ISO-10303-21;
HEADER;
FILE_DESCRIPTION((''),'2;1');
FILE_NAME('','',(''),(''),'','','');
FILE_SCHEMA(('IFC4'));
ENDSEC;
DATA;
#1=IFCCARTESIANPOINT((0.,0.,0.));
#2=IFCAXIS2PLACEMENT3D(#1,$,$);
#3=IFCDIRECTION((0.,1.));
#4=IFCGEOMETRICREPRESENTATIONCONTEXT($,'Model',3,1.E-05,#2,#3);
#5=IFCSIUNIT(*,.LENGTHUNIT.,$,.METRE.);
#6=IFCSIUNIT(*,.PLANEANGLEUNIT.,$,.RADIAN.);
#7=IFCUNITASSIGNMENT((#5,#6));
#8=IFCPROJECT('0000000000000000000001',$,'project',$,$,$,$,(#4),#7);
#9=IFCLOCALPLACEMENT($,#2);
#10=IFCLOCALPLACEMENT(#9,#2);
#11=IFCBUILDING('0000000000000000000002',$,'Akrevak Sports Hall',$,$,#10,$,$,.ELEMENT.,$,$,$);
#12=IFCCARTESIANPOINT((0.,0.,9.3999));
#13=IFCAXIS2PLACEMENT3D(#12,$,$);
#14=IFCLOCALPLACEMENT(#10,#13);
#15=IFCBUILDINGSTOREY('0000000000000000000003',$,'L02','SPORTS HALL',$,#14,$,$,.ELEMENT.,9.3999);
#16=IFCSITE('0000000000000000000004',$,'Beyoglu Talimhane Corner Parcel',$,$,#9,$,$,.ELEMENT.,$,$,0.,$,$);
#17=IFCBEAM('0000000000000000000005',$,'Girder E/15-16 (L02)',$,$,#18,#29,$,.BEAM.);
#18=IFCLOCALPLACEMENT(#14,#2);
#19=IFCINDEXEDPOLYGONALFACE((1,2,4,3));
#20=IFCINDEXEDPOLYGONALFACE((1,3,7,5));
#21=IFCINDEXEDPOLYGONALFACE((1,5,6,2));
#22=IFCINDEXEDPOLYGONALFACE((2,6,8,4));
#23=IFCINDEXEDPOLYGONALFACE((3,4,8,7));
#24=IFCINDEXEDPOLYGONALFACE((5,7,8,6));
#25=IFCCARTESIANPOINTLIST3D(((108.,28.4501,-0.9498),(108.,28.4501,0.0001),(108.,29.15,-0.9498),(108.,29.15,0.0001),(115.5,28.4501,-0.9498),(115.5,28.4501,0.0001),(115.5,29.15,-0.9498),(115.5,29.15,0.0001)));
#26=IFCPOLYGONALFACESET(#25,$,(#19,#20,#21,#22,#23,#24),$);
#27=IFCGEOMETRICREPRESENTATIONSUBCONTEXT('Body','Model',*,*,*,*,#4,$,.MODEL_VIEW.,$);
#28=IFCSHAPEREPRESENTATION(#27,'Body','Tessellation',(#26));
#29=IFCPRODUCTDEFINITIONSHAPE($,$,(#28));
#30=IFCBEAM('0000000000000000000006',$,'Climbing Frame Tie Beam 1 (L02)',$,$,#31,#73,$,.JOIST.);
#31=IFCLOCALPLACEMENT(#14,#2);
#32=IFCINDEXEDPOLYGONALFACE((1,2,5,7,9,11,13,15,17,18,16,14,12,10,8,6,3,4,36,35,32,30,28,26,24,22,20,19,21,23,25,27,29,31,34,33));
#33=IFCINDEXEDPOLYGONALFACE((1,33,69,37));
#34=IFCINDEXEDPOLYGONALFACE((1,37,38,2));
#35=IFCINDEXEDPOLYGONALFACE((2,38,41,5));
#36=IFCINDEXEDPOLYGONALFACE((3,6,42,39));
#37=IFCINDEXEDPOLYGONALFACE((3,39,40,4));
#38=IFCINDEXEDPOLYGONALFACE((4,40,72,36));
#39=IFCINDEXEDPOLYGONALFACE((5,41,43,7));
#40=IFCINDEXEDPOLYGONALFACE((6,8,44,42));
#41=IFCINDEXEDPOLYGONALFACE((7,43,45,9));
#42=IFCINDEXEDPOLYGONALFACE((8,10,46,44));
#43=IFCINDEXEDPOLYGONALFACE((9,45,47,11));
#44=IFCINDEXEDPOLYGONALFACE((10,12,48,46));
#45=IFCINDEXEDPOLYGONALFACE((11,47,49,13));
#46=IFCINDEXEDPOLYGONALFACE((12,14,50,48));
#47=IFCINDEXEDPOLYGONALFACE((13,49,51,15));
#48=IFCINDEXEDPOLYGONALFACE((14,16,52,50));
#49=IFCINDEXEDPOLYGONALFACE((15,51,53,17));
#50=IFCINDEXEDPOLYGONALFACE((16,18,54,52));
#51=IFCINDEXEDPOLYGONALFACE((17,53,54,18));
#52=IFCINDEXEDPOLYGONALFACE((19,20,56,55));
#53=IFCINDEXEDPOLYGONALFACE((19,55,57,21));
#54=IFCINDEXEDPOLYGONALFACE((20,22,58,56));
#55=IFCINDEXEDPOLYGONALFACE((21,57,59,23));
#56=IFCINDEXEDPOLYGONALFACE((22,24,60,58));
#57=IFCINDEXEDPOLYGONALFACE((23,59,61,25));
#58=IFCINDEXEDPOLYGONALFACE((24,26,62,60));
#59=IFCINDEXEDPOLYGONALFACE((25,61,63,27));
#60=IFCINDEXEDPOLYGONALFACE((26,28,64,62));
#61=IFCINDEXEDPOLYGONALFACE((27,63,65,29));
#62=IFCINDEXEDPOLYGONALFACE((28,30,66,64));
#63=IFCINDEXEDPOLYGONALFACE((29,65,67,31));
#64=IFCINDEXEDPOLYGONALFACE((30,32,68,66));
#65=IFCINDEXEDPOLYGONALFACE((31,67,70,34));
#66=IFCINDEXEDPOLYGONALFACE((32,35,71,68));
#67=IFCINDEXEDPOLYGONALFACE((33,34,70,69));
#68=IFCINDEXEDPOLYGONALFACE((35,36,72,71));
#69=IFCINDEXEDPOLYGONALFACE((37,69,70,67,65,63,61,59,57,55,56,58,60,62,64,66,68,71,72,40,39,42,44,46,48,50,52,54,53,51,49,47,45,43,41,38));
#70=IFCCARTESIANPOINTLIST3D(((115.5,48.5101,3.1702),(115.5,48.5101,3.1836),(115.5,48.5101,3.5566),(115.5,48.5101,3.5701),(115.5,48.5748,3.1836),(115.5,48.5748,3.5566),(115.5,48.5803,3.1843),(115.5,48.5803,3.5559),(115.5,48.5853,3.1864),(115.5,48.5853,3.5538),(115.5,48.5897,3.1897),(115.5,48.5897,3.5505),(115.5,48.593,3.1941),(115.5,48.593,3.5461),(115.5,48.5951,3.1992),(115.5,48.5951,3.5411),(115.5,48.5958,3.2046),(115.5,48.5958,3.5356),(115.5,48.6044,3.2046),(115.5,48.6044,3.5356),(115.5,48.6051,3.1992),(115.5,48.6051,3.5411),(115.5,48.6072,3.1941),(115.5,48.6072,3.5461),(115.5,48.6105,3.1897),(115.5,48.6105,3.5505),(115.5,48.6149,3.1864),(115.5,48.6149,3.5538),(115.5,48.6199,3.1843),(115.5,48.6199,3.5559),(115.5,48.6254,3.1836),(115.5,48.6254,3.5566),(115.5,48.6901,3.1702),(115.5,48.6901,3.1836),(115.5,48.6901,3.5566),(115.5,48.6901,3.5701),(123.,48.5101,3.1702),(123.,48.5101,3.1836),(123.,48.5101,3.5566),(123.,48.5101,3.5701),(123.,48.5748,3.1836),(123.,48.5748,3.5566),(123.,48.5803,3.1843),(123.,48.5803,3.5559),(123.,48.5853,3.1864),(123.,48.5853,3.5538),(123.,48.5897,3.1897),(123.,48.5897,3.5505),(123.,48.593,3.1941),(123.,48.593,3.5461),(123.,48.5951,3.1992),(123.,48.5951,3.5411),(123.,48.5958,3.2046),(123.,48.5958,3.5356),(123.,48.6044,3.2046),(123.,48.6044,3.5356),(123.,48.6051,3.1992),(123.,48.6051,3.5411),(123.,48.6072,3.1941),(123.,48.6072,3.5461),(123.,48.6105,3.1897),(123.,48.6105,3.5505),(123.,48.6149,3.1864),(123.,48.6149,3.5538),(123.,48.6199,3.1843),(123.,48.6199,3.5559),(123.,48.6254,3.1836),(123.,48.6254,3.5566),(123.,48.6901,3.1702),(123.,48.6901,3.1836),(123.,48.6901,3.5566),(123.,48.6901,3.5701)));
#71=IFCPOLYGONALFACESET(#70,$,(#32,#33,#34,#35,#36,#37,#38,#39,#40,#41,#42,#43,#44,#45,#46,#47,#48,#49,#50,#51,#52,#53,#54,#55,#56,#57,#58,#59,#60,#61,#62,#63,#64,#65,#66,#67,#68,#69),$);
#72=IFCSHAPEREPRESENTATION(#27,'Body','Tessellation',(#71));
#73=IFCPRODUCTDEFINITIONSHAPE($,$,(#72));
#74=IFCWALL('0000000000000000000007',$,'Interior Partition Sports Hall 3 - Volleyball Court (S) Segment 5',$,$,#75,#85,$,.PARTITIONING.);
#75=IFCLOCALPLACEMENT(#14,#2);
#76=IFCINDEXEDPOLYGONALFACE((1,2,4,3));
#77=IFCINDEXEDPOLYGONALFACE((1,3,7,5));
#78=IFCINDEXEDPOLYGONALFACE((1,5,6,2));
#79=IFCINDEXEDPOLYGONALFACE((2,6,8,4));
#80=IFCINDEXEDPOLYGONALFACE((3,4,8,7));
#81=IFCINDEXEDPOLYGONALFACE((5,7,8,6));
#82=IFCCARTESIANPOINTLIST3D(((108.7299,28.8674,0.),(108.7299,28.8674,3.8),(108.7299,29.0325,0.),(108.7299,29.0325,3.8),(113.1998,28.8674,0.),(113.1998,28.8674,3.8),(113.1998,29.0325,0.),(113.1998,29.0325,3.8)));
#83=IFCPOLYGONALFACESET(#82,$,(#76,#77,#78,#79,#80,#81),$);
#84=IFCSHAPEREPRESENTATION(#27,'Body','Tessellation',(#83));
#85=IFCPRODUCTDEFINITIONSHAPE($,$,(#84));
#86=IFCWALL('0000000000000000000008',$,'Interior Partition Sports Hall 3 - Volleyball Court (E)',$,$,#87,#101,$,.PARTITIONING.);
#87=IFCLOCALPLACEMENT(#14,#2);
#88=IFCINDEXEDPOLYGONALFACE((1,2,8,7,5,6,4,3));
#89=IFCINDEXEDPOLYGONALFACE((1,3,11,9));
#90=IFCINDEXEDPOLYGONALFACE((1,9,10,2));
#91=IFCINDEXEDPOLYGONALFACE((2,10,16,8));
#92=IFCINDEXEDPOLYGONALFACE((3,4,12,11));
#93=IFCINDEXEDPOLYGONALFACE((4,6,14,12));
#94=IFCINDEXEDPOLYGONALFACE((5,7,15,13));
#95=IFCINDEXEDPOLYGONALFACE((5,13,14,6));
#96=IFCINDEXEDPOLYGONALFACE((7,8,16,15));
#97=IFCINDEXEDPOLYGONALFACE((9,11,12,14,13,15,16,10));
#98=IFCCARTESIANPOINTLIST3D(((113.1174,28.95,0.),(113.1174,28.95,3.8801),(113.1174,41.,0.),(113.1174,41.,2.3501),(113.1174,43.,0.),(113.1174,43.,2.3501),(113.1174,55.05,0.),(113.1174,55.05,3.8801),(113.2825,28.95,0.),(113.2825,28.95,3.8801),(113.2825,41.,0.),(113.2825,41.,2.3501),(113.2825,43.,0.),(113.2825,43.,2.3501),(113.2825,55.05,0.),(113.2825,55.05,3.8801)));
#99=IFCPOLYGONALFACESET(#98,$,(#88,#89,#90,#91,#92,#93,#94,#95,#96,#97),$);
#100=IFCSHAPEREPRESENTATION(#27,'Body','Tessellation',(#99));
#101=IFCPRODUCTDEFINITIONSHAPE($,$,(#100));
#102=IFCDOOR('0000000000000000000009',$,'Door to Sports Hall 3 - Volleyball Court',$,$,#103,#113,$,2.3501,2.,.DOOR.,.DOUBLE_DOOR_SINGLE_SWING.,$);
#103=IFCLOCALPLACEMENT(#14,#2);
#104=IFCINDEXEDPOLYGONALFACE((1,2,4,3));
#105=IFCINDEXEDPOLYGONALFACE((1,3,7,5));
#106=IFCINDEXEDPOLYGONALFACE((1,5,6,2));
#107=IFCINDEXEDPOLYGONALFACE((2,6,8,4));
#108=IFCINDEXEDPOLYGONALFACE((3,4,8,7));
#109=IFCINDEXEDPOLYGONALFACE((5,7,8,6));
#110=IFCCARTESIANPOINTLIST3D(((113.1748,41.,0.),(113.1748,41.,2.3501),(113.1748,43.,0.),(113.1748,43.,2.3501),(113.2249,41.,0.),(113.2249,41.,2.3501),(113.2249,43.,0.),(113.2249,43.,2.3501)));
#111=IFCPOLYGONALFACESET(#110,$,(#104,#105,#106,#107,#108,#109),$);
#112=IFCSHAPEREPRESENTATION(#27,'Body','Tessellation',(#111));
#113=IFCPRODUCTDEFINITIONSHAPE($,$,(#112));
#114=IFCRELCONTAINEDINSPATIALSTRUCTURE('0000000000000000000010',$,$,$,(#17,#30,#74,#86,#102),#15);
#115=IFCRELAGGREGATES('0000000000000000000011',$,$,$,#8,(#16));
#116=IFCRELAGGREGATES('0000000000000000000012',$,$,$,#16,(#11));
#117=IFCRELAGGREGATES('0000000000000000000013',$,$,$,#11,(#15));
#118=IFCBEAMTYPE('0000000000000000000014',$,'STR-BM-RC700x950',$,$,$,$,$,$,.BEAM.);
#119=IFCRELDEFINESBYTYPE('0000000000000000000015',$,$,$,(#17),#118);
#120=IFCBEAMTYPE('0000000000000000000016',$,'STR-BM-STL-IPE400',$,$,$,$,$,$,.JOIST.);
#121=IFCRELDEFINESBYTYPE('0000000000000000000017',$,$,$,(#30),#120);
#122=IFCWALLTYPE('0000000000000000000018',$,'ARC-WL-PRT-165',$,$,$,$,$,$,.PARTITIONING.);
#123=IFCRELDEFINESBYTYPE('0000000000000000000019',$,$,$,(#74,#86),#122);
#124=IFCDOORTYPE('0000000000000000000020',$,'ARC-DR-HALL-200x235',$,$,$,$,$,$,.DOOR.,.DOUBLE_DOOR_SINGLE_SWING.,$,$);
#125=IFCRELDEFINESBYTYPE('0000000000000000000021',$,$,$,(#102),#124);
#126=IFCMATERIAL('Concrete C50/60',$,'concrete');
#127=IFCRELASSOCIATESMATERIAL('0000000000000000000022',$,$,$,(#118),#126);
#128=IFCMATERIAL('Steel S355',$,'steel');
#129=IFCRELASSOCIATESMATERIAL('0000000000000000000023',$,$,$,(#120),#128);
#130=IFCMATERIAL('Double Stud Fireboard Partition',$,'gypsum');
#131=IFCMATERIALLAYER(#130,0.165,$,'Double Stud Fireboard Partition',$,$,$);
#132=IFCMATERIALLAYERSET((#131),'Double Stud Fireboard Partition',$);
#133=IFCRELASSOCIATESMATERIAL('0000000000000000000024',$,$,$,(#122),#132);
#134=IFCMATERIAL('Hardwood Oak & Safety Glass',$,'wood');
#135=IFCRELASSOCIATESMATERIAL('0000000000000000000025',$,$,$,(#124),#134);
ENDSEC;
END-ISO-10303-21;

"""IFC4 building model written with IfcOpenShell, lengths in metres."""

from ifc_helpers import new_model, si_unit, direction, frame, frame_2d, origin, origin_2d, place, context, subcontext, project, spatial, rectangle, i_section, extrude, material, layer, layer_set, material_profile, profile_set, type_object, element, fill, save


model = new_model("IFC4")

# Units and contexts
model_context = context("Model", 3, precision=1e-05, world=origin(), true_north=direction((0.0, 1.0)))
body_context = subcontext(model_context, "Body", "Model", "MODEL_VIEW")
ifc_project = project(units=[si_unit("LENGTHUNIT", "METRE"), si_unit("PLANEANGLEUNIT", "RADIAN")], contexts=[model_context])

# Site, building, storey
site_placement = place(None, origin())
site = spatial("IfcSite", under=ifc_project, at=site_placement, Name="Beyoglu Talimhane Corner Parcel", CompositionType="ELEMENT", RefElevation=0.0)
building_placement = place(site_placement, origin())
building = spatial("IfcBuilding", under=site, at=building_placement, Name="Akrevak Sports Hall", CompositionType="ELEMENT")
storey_placement = place(building_placement, frame((0.0, 0.0, 9.3999)))
storey = spatial("IfcBuildingStorey", under=building, at=storey_placement, Name="L02", Description="SPORTS HALL", CompositionType="ELEMENT", Elevation=9.3999)

# Shared definitions
ifc_material_1 = material(Name="Concrete C50/60", Category="concrete")

# Beams
ifc_material_profile_1 = material_profile(ifc_material_1, rectangle(XDim=0.7, YDim=0.95, at=origin_2d()), Name="BM 700x950", Category="concrete")
ifc_profile_set_1 = profile_set([ifc_material_profile_1], Name="Concrete C50/60")
beam_type_1 = type_object("IfcBeamType", Name="STR-BM-RC700x950", PredefinedType="BEAM", material=ifc_profile_set_1)
beam_1_placement = place(storey_placement, frame((108.0, 28.8, -0.4749), z_axis=(1.0, 0.0, 0.0), x_axis=(0.0, 1.0, 0.0)))
element("IfcBeam", 1, at=beam_1_placement, inside=storey, type_object=beam_type_1, Name="Girder E/15-16 (L02)", PredefinedType="BEAM", context=body_context, shape_type="SweptSolid", body=[
    extrude(rectangle(XDim=0.7, YDim=0.95, at=origin_2d()), origin(), (0.0, 0.0, 1.0), 7.5),
])
ifc_material_2 = material(Name="Steel S355", Category="steel")
ifc_material_profile_2 = material_profile(ifc_material_2, i_section(OverallWidth=0.1799, OverallDepth=0.3999, WebThickness=0.0085, FlangeThickness=0.0134, FilletRadius=0.021, at=origin_2d()), Name="IPE 400", Category="steel")
ifc_profile_set_2 = profile_set([ifc_material_profile_2], Name="Steel S355")
beam_type_2 = type_object("IfcBeamType", Name="STR-BM-STL-IPE400", PredefinedType="JOIST", material=ifc_profile_set_2)
beam_2_placement = place(storey_placement, frame((115.5, 48.6001, 3.3701), z_axis=(1.0, 0.0, 0.0), x_axis=(0.0, 1.0, 0.0)))
element("IfcBeam", 2, at=beam_2_placement, inside=storey, type_object=beam_type_2, Name="Climbing Frame Tie Beam 1 (L02)", PredefinedType="JOIST", context=body_context, shape_type="SweptSolid", body=[
    extrude(i_section(OverallWidth=0.1799, OverallDepth=0.3999, WebThickness=0.0085, FlangeThickness=0.0134, FilletRadius=0.021, at=origin_2d()), origin(), (0.0, 0.0, 1.0), 7.5),
])

# Wall
ifc_material_3 = material(Name="Double Stud Fireboard Partition", Category="gypsum")
ifc_layer_1 = layer(ifc_material_3, 0.165, Name="Double Stud Fireboard Partition")
ifc_layer_set_1 = layer_set([ifc_layer_1], Name="Double Stud Fireboard Partition")
wall_type = type_object("IfcWallType", Name="ARC-WL-PRT-165", PredefinedType="PARTITIONING", material=ifc_layer_set_1)
wall_1_placement = place(storey_placement, frame((108.73, 28.95, 0.0), z_axis=(0.0, 0.0, 1.0), x_axis=(1.0, 0.0, 0.0)))
element("IfcWall", 3, at=wall_1_placement, inside=storey, type_object=wall_type, Name="Interior Partition Sports Hall 3 - Volleyball Court (S) Segment 5", PredefinedType="PARTITIONING", context=body_context, shape_type="SweptSolid", body=[
    extrude(rectangle(XDim=4.47, YDim=0.165, at=frame_2d((2.2349, 0.0))), origin(), (0.0, 0.0, 1.0), 3.8),
])

# Wall, opening, door
wall_2_placement = place(storey_placement, frame((113.2, 28.95, 0.0), z_axis=(0.0, 0.0, 1.0), x_axis=(0.0, 1.0, 0.0)))
wall_2 = element("IfcWall", 4, at=wall_2_placement, inside=storey, type_object=wall_type, Name="Interior Partition Sports Hall 3 - Volleyball Court (E)", PredefinedType="PARTITIONING", context=body_context, shape_type="SweptSolid", body=[
    extrude(rectangle(XDim=26.1001, YDim=0.165, at=frame_2d((13.05, 0.0))), origin(), (0.0, 0.0, 1.0), 3.8801),
])
opening_placement = place(wall_2_placement, frame((12.05, 0.0, 0.0)))
opening = element("IfcOpeningElement", 5, at=opening_placement, cuts=wall_2, PredefinedType="OPENING", context=body_context, shape_type="SweptSolid", body=[
    extrude(rectangle(XDim=2.0, YDim=2.3501, at=frame_2d((1.0, 1.175))), frame((0.0, 0.0945, 0.0), z_axis=(0.0, -1.0, 0.0), x_axis=(1.0, 0.0, 0.0)), (0.0, 0.0, 1.0), 0.189),
])
ifc_material_4 = material(Name="Hardwood Oak & Safety Glass", Category="wood")
door_type = type_object("IfcDoorType", Name="ARC-DR-HALL-200x235", OperationType="DOUBLE_DOOR_SINGLE_SWING", PredefinedType="DOOR", material=ifc_material_4)
door_placement = place(opening_placement, frame((2.0, 0.0, 0.0), z_axis=(0.0, 0.0, 1.0), x_axis=(-1.0, 0.0, 0.0)))
door = element("IfcDoor", 6, at=door_placement, inside=storey, type_object=door_type, Name="Door to Sports Hall 3 - Volleyball Court", OperationType="DOUBLE_DOOR_SINGLE_SWING", OverallHeight=2.3501, OverallWidth=2.0, PredefinedType="DOOR", context=body_context, shape_type="SweptSolid", body=[
    extrude(rectangle(XDim=2.0, YDim=2.3501, at=frame_2d((1.0, 1.175))), frame((0.0, 0.0249, 0.0), z_axis=(0.0, -1.0, 0.0), x_axis=(1.0, 0.0, 0.0)), (0.0, 0.0, 1.0), 0.05),
])
fill(opening, door)

save(model, "model.ifc")
